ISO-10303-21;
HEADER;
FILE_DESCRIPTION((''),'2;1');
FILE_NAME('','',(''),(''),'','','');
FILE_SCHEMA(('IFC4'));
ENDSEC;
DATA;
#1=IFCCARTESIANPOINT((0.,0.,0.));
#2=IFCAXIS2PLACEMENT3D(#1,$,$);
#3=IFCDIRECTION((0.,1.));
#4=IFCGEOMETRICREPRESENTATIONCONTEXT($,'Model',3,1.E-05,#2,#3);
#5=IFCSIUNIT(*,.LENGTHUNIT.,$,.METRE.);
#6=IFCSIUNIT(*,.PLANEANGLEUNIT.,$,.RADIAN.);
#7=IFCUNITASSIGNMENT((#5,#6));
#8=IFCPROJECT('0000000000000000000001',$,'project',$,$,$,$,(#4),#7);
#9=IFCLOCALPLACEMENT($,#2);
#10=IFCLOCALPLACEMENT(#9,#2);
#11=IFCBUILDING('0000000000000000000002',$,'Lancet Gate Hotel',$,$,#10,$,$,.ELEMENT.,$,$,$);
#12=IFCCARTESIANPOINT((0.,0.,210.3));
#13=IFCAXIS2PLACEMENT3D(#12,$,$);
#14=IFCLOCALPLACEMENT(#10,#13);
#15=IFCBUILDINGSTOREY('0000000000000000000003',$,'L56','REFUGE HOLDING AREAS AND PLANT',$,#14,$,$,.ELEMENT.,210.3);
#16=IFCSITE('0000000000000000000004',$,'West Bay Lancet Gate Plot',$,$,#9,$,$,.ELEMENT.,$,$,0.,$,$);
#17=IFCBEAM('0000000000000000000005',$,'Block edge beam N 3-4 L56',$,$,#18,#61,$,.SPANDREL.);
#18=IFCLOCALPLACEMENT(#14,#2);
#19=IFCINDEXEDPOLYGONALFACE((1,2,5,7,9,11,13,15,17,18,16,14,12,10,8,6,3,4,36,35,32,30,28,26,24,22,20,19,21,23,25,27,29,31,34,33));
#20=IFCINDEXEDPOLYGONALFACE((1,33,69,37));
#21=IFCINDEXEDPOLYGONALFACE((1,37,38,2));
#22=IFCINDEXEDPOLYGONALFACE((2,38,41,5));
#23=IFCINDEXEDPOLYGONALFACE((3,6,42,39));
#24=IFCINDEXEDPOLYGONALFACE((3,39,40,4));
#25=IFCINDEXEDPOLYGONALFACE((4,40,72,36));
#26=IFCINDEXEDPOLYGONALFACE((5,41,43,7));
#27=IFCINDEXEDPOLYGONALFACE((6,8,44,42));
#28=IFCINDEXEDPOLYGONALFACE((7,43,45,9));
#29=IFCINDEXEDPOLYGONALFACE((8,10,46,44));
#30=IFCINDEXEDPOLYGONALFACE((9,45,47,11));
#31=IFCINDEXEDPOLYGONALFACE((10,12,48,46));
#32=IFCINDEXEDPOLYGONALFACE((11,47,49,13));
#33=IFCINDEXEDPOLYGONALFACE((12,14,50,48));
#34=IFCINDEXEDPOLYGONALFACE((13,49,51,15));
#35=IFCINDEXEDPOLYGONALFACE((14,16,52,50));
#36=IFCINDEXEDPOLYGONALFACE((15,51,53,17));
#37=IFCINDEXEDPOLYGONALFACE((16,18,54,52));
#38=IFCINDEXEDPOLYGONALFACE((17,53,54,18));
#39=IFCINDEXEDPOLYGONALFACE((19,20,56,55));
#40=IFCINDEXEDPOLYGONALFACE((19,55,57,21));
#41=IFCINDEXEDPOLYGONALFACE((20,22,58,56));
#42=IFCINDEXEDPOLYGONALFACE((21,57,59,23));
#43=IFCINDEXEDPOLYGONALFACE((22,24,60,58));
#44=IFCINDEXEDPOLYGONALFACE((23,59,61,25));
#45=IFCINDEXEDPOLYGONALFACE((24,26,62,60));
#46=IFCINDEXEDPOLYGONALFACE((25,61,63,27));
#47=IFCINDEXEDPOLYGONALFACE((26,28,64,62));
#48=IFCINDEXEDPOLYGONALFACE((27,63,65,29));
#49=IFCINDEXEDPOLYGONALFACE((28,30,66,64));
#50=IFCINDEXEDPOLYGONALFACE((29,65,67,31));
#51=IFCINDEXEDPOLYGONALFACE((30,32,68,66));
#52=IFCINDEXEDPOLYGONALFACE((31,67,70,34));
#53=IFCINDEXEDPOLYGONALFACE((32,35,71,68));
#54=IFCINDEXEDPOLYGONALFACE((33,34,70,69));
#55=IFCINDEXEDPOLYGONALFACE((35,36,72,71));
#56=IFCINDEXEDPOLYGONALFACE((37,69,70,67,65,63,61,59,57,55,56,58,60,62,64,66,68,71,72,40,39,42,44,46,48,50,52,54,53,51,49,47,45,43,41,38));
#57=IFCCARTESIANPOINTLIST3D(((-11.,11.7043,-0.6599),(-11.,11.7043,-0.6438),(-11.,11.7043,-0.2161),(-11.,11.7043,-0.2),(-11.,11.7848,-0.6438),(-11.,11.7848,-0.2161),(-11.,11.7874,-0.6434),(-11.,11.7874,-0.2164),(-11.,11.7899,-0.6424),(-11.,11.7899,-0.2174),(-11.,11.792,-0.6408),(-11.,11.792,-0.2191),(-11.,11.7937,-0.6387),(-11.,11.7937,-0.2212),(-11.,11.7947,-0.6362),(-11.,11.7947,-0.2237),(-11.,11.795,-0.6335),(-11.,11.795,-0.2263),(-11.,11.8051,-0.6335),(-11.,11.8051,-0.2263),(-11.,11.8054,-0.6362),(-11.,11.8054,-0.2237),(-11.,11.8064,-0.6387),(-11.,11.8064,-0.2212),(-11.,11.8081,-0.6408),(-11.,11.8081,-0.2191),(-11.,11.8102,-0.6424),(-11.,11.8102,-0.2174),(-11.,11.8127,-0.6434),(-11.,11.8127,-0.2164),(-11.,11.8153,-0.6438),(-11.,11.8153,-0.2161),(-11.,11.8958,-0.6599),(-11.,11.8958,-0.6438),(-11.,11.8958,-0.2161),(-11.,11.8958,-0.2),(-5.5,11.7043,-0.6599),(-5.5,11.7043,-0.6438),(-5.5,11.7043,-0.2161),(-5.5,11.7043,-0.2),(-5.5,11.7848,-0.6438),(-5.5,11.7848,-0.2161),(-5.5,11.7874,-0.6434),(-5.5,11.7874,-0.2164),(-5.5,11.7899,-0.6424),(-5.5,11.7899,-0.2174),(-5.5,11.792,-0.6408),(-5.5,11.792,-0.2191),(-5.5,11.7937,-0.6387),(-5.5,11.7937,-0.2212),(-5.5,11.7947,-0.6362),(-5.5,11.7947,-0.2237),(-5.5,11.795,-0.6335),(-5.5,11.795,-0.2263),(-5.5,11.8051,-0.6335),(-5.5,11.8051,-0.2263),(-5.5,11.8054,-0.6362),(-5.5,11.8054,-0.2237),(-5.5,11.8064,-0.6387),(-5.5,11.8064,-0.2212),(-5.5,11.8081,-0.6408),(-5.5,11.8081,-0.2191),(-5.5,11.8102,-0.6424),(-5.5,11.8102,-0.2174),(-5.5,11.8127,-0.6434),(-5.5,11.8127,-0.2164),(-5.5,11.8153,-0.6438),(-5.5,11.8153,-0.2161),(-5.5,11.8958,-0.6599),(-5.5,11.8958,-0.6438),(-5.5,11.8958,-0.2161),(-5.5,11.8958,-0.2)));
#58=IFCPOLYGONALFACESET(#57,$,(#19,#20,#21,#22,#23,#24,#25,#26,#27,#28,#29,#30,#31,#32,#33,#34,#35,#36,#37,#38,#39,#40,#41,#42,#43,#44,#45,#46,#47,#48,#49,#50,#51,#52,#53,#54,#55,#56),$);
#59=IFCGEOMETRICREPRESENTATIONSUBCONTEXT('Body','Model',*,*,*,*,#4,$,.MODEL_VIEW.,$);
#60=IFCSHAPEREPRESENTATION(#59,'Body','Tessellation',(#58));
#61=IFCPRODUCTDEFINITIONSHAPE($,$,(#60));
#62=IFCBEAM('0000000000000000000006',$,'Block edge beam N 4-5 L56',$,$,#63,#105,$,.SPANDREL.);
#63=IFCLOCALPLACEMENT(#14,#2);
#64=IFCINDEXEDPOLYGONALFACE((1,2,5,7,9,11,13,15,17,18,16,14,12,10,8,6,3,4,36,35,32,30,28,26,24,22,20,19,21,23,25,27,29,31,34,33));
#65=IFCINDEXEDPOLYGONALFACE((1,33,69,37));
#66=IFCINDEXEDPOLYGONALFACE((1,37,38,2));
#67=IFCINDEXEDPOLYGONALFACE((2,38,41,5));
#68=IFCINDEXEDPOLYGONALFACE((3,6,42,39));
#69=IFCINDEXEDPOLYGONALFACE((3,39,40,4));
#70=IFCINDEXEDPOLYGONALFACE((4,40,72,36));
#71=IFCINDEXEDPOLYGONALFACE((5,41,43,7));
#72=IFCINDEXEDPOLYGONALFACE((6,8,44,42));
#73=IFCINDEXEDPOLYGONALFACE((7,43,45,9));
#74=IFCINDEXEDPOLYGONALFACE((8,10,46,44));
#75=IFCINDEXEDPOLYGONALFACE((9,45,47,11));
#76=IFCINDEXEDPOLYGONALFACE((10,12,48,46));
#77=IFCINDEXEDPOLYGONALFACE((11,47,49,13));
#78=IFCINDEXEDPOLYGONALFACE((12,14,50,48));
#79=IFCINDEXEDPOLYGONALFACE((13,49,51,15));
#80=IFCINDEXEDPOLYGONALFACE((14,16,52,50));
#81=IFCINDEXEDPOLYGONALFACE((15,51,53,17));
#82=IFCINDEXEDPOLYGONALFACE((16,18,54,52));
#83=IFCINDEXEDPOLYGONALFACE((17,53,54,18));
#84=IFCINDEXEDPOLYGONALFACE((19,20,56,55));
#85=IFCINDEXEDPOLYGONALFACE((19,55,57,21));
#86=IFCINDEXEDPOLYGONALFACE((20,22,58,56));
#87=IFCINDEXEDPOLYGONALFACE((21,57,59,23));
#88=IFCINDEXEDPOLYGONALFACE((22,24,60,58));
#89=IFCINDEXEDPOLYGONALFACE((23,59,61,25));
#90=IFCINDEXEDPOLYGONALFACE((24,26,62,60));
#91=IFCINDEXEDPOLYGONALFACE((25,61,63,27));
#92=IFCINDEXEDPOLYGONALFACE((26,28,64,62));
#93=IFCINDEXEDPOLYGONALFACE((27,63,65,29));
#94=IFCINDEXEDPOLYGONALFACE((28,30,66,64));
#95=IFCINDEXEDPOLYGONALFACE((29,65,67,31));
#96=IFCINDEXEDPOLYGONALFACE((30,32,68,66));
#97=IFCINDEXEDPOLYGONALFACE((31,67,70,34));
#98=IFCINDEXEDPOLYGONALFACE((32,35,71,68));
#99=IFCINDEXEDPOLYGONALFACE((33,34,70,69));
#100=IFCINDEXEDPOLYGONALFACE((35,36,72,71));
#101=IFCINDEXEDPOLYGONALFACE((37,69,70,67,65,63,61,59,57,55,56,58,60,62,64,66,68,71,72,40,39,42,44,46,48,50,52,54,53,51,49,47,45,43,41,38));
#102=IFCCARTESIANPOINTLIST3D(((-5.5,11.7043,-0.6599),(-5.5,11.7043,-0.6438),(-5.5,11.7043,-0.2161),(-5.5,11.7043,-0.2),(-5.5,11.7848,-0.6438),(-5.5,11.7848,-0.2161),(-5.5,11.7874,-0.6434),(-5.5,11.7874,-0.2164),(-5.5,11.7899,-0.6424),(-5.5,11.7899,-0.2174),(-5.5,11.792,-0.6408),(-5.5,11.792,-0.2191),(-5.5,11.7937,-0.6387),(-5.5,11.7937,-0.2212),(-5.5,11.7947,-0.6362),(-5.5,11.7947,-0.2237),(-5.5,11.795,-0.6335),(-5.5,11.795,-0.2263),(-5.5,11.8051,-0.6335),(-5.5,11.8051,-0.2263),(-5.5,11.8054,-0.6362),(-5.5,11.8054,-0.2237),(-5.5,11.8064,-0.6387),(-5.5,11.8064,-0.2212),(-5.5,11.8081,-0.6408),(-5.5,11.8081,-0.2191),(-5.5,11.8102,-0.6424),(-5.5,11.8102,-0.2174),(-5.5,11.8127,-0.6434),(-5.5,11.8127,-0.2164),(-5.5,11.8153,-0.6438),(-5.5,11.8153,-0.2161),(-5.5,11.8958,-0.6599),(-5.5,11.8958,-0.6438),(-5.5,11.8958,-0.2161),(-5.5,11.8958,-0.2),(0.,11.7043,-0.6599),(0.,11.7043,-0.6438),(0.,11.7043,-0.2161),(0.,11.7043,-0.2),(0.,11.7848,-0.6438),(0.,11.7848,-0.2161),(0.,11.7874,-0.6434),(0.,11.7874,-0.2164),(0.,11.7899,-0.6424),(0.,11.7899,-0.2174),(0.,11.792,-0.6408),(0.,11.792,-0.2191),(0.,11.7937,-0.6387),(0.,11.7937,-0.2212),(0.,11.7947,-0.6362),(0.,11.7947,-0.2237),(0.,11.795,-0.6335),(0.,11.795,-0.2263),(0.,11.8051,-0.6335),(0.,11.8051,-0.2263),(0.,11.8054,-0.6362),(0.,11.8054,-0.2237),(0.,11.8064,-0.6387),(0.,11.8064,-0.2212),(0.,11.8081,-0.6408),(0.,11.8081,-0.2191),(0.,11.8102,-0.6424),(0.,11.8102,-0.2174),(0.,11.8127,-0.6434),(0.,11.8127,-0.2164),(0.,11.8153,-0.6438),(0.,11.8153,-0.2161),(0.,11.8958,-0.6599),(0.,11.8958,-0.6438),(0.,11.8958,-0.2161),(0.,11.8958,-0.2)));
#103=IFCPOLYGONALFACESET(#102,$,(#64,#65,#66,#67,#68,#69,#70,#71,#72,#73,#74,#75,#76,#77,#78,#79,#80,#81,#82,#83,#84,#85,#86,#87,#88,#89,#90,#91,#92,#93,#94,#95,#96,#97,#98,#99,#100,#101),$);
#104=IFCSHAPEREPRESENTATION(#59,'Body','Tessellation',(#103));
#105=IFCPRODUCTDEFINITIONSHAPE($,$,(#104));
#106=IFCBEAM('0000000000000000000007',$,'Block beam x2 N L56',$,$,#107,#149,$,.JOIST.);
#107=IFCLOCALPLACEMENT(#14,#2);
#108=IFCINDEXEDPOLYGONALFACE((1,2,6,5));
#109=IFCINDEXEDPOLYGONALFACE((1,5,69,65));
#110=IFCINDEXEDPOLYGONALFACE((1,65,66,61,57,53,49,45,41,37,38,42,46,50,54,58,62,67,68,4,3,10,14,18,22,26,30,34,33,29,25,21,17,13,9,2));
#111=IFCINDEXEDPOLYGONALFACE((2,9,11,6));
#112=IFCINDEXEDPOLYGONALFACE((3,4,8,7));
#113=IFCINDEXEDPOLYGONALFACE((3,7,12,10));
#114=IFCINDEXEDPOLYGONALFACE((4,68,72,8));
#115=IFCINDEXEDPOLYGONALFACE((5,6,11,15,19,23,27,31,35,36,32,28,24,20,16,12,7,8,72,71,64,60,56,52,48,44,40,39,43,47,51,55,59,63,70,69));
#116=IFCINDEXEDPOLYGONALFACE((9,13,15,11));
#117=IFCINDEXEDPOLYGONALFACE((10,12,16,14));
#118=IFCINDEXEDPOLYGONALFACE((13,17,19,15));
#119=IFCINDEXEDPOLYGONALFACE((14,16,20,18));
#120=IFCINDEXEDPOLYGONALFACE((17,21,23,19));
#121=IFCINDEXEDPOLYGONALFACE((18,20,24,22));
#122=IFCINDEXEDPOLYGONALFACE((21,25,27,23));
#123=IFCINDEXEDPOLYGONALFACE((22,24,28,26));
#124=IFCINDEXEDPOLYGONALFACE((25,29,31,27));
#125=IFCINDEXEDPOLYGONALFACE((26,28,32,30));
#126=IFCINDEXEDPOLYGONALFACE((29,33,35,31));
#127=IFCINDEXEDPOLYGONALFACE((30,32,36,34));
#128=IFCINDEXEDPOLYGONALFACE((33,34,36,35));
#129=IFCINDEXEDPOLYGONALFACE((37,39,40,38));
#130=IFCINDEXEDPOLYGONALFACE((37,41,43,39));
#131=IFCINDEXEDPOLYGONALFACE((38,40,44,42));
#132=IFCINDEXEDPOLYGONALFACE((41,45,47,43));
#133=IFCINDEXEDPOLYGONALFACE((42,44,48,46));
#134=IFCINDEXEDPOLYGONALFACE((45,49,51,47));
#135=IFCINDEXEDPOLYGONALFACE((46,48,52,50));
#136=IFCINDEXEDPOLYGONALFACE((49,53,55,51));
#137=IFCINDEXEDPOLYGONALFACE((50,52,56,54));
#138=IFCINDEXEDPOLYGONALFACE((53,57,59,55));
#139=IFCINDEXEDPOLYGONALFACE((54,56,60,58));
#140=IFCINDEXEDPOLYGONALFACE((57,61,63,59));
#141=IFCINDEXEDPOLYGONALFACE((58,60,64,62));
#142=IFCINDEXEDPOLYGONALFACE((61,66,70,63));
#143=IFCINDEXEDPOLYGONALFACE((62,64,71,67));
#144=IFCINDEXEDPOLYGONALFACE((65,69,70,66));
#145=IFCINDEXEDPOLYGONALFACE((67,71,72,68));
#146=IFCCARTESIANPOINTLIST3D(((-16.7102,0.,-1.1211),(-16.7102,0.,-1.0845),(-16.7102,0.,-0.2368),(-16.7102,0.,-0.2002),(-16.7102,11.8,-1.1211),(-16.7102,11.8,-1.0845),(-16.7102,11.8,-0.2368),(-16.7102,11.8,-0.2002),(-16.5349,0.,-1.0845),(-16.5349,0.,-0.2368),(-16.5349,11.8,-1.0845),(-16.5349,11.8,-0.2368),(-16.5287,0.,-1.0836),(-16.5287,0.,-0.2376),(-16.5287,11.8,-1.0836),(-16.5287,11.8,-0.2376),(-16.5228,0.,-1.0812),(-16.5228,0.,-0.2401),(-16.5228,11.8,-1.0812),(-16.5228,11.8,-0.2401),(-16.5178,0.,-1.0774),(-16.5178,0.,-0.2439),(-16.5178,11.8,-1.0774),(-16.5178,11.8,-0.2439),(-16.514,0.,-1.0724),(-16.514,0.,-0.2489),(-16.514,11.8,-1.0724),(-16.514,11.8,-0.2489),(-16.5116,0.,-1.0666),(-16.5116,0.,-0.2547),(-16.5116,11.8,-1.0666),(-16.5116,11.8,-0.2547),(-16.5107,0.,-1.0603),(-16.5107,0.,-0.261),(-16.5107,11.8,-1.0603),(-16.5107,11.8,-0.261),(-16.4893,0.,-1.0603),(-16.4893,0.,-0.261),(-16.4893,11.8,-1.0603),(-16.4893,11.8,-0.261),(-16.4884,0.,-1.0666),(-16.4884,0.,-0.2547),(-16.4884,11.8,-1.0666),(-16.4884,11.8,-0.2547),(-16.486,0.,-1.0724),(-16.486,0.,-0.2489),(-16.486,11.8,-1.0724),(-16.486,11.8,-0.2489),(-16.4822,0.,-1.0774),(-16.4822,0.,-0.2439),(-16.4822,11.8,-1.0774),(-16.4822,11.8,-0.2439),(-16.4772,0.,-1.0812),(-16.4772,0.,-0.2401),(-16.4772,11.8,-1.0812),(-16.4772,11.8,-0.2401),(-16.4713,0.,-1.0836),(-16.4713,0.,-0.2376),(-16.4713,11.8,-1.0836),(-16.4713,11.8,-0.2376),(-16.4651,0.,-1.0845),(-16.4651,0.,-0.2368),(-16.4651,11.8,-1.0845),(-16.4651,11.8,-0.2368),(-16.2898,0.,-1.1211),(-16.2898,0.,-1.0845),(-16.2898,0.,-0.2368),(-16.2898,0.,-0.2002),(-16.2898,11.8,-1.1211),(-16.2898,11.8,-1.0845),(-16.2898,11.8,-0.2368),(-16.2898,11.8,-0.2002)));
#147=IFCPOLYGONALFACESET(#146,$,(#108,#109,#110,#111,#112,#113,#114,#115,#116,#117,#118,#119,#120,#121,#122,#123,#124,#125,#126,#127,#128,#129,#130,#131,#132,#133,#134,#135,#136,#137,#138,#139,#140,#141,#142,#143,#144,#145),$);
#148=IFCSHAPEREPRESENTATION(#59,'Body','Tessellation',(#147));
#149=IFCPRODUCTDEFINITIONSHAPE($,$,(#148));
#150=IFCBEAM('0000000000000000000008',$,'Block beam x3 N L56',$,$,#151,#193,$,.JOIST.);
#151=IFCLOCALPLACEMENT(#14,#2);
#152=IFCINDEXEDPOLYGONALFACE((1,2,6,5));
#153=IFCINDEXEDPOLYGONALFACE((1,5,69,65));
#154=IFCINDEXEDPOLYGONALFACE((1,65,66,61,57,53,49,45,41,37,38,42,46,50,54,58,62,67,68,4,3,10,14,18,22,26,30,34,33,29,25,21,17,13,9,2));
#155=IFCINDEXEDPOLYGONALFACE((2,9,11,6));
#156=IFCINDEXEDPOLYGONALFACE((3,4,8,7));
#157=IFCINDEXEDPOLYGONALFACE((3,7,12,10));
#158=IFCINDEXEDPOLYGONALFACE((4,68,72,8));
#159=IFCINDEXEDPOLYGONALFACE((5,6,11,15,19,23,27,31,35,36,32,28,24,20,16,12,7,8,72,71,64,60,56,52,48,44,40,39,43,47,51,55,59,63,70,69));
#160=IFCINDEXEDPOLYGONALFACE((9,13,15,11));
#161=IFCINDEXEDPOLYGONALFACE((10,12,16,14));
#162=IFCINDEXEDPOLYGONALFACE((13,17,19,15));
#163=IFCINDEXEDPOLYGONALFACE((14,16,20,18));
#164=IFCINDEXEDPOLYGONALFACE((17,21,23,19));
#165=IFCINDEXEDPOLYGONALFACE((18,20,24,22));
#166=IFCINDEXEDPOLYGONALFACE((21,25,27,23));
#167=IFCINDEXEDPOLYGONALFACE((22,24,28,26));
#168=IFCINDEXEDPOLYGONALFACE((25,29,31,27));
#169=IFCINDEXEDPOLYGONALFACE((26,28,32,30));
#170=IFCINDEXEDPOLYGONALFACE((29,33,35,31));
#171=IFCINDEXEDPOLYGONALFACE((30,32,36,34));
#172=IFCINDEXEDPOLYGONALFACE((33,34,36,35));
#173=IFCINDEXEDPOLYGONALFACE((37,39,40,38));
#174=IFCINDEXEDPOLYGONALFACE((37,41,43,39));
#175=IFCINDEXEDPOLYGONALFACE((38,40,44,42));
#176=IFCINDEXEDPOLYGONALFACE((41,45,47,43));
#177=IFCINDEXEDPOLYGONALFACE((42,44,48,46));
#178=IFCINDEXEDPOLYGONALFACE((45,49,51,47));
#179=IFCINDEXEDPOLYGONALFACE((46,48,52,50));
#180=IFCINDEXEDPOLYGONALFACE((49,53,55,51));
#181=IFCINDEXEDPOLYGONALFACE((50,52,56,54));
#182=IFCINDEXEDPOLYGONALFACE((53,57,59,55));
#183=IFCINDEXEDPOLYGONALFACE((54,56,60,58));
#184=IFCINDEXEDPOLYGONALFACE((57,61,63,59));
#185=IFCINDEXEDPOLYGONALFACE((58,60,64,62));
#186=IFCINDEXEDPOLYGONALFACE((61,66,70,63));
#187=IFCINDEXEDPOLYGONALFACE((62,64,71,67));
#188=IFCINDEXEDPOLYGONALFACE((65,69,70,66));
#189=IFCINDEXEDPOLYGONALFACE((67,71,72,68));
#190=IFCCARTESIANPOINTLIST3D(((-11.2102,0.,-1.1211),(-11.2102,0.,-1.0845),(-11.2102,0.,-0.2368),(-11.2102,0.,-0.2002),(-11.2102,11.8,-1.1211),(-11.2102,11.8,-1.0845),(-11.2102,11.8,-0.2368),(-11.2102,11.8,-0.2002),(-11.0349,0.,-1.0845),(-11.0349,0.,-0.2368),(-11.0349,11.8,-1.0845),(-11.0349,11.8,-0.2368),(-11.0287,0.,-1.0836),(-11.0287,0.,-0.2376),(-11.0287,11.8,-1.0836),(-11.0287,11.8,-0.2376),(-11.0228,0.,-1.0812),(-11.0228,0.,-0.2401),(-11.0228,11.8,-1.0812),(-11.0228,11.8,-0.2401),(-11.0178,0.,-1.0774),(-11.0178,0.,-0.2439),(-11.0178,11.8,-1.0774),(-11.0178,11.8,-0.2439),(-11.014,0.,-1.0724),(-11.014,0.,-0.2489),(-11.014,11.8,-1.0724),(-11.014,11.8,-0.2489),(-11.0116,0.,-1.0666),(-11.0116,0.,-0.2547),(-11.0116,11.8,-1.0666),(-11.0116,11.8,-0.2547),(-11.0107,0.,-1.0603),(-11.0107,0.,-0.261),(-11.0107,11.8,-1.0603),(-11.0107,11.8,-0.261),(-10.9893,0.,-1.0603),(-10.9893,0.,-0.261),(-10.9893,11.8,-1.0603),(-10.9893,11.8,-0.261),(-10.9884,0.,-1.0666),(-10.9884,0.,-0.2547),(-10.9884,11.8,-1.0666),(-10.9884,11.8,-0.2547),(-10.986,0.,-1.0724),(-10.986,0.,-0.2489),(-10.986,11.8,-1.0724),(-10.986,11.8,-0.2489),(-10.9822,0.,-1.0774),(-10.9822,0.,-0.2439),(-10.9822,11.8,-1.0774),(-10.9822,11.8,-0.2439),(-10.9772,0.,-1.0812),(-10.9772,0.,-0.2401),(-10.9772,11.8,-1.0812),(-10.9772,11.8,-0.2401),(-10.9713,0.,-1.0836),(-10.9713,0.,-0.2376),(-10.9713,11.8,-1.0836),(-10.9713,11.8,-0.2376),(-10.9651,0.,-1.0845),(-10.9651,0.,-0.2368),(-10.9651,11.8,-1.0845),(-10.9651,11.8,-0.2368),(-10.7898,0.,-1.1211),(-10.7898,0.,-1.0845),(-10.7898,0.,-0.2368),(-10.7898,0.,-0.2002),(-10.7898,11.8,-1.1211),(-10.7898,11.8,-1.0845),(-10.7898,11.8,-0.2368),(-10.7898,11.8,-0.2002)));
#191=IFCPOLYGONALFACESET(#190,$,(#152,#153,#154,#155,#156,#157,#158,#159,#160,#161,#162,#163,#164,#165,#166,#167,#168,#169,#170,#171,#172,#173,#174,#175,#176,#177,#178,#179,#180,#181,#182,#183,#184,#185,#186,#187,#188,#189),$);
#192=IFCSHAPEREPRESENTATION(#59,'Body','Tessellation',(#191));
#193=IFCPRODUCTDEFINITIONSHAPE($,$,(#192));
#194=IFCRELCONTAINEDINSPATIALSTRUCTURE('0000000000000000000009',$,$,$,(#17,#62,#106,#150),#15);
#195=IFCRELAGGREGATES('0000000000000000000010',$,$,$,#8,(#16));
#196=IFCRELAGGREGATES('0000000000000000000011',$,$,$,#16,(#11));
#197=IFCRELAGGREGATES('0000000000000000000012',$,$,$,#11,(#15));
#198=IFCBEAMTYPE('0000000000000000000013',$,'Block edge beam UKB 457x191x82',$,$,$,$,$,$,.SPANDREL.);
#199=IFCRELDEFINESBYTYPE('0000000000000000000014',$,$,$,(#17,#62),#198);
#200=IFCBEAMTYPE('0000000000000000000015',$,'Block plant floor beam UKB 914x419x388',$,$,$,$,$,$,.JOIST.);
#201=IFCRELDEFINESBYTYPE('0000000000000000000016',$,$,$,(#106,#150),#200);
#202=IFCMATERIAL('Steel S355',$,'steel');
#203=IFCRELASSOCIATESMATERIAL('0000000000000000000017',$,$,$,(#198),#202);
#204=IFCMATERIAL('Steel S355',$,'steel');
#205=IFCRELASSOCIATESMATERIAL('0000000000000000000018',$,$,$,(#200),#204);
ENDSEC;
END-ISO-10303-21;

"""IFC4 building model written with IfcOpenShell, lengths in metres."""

from ifc_helpers import new_model, si_unit, direction, frame, origin, origin_2d, place, context, subcontext, project, spatial, i_section, extrude, material, material_profile, profile_set, type_object, element, save


model = new_model("IFC4")

# Units and contexts
model_context = context("Model", 3, precision=1e-05, world=origin(), true_north=direction((0.0, 1.0)))
body_context = subcontext(model_context, "Body", "Model", "MODEL_VIEW")
ifc_project = project(units=[si_unit("LENGTHUNIT", "METRE"), si_unit("PLANEANGLEUNIT", "RADIAN")], contexts=[model_context])

# Site, building, storey
site_placement = place(None, origin())
site = spatial("IfcSite", under=ifc_project, at=site_placement, Name="West Bay Lancet Gate Plot", CompositionType="ELEMENT", RefElevation=0.0)
building_placement = place(site_placement, origin())
building = spatial("IfcBuilding", under=site, at=building_placement, Name="Lancet Gate Hotel", CompositionType="ELEMENT")
storey_placement = place(building_placement, frame((0.0, 0.0, 210.3)))
storey = spatial("IfcBuildingStorey", under=building, at=storey_placement, Name="L56", Description="REFUGE HOLDING AREAS AND PLANT", CompositionType="ELEMENT", Elevation=210.3)

# Beams
ifc_material_1 = material(Name="Steel S355", Category="steel")
ifc_material_profile_1 = material_profile(ifc_material_1, i_section(OverallWidth=0.1914, OverallDepth=0.46, WebThickness=0.01, FlangeThickness=0.0161, FilletRadius=0.0103, at=origin_2d()), Name="UKB 457x191x82")
ifc_profile_set_1 = profile_set([ifc_material_profile_1], Name="Steel S355")
beam_type_1 = type_object("IfcBeamType", Name="Block edge beam UKB 457x191x82", PredefinedType="SPANDREL", material=ifc_profile_set_1)
for number, where, z_axis, x_axis, name in (
    (1, (-11.0, 11.8, -0.4299), (1.0, 0.0, 0.0), (0.0, 1.0, 0.0), "Block edge beam N 3-4 L56"),
    (2, (-5.5, 11.8, -0.4299), (1.0, 0.0, 0.0), (0.0, 1.0, 0.0), "Block edge beam N 4-5 L56"),
):
    element("IfcBeam", number, at=place(storey_placement, frame(where, z_axis=z_axis, x_axis=x_axis)), inside=storey, type_object=beam_type_1, Name=name, PredefinedType="SPANDREL", context=body_context, shape_type="SweptSolid", body=[
        extrude(i_section(OverallWidth=0.1914, OverallDepth=0.46, WebThickness=0.01, FlangeThickness=0.0161, FilletRadius=0.0103, at=origin_2d()), origin(), (0.0, 0.0, 1.0), 5.5),
    ])
ifc_material_2 = material(Name="Steel S355", Category="steel")
ifc_material_profile_2 = material_profile(ifc_material_2, i_section(OverallWidth=0.4204, OverallDepth=0.9209, WebThickness=0.0215, FlangeThickness=0.0366, FilletRadius=0.0242, at=origin_2d()), Name="UKB 914x419x388")
ifc_profile_set_2 = profile_set([ifc_material_profile_2], Name="Steel S355")
beam_type_2 = type_object("IfcBeamType", Name="Block plant floor beam UKB 914x419x388", PredefinedType="JOIST", material=ifc_profile_set_2)
for number, where, z_axis, x_axis, name in (
    (3, (-16.5, 0.0, -0.6606), (0.0, 1.0, 0.0), (-1.0, 0.0, 0.0), "Block beam x2 N L56"),
    (4, (-11.0, 0.0, -0.6606), (0.0, 1.0, 0.0), (-1.0, 0.0, 0.0), "Block beam x3 N L56"),
):
    element("IfcBeam", number, at=place(storey_placement, frame(where, z_axis=z_axis, x_axis=x_axis)), inside=storey, type_object=beam_type_2, Name=name, PredefinedType="JOIST", context=body_context, shape_type="SweptSolid", body=[
        extrude(i_section(OverallWidth=0.4204, OverallDepth=0.9209, WebThickness=0.0215, FlangeThickness=0.0366, FilletRadius=0.0242, at=origin_2d()), origin(), (0.0, 0.0, 1.0), 11.8),
    ])

save(model, "model.ifc")
